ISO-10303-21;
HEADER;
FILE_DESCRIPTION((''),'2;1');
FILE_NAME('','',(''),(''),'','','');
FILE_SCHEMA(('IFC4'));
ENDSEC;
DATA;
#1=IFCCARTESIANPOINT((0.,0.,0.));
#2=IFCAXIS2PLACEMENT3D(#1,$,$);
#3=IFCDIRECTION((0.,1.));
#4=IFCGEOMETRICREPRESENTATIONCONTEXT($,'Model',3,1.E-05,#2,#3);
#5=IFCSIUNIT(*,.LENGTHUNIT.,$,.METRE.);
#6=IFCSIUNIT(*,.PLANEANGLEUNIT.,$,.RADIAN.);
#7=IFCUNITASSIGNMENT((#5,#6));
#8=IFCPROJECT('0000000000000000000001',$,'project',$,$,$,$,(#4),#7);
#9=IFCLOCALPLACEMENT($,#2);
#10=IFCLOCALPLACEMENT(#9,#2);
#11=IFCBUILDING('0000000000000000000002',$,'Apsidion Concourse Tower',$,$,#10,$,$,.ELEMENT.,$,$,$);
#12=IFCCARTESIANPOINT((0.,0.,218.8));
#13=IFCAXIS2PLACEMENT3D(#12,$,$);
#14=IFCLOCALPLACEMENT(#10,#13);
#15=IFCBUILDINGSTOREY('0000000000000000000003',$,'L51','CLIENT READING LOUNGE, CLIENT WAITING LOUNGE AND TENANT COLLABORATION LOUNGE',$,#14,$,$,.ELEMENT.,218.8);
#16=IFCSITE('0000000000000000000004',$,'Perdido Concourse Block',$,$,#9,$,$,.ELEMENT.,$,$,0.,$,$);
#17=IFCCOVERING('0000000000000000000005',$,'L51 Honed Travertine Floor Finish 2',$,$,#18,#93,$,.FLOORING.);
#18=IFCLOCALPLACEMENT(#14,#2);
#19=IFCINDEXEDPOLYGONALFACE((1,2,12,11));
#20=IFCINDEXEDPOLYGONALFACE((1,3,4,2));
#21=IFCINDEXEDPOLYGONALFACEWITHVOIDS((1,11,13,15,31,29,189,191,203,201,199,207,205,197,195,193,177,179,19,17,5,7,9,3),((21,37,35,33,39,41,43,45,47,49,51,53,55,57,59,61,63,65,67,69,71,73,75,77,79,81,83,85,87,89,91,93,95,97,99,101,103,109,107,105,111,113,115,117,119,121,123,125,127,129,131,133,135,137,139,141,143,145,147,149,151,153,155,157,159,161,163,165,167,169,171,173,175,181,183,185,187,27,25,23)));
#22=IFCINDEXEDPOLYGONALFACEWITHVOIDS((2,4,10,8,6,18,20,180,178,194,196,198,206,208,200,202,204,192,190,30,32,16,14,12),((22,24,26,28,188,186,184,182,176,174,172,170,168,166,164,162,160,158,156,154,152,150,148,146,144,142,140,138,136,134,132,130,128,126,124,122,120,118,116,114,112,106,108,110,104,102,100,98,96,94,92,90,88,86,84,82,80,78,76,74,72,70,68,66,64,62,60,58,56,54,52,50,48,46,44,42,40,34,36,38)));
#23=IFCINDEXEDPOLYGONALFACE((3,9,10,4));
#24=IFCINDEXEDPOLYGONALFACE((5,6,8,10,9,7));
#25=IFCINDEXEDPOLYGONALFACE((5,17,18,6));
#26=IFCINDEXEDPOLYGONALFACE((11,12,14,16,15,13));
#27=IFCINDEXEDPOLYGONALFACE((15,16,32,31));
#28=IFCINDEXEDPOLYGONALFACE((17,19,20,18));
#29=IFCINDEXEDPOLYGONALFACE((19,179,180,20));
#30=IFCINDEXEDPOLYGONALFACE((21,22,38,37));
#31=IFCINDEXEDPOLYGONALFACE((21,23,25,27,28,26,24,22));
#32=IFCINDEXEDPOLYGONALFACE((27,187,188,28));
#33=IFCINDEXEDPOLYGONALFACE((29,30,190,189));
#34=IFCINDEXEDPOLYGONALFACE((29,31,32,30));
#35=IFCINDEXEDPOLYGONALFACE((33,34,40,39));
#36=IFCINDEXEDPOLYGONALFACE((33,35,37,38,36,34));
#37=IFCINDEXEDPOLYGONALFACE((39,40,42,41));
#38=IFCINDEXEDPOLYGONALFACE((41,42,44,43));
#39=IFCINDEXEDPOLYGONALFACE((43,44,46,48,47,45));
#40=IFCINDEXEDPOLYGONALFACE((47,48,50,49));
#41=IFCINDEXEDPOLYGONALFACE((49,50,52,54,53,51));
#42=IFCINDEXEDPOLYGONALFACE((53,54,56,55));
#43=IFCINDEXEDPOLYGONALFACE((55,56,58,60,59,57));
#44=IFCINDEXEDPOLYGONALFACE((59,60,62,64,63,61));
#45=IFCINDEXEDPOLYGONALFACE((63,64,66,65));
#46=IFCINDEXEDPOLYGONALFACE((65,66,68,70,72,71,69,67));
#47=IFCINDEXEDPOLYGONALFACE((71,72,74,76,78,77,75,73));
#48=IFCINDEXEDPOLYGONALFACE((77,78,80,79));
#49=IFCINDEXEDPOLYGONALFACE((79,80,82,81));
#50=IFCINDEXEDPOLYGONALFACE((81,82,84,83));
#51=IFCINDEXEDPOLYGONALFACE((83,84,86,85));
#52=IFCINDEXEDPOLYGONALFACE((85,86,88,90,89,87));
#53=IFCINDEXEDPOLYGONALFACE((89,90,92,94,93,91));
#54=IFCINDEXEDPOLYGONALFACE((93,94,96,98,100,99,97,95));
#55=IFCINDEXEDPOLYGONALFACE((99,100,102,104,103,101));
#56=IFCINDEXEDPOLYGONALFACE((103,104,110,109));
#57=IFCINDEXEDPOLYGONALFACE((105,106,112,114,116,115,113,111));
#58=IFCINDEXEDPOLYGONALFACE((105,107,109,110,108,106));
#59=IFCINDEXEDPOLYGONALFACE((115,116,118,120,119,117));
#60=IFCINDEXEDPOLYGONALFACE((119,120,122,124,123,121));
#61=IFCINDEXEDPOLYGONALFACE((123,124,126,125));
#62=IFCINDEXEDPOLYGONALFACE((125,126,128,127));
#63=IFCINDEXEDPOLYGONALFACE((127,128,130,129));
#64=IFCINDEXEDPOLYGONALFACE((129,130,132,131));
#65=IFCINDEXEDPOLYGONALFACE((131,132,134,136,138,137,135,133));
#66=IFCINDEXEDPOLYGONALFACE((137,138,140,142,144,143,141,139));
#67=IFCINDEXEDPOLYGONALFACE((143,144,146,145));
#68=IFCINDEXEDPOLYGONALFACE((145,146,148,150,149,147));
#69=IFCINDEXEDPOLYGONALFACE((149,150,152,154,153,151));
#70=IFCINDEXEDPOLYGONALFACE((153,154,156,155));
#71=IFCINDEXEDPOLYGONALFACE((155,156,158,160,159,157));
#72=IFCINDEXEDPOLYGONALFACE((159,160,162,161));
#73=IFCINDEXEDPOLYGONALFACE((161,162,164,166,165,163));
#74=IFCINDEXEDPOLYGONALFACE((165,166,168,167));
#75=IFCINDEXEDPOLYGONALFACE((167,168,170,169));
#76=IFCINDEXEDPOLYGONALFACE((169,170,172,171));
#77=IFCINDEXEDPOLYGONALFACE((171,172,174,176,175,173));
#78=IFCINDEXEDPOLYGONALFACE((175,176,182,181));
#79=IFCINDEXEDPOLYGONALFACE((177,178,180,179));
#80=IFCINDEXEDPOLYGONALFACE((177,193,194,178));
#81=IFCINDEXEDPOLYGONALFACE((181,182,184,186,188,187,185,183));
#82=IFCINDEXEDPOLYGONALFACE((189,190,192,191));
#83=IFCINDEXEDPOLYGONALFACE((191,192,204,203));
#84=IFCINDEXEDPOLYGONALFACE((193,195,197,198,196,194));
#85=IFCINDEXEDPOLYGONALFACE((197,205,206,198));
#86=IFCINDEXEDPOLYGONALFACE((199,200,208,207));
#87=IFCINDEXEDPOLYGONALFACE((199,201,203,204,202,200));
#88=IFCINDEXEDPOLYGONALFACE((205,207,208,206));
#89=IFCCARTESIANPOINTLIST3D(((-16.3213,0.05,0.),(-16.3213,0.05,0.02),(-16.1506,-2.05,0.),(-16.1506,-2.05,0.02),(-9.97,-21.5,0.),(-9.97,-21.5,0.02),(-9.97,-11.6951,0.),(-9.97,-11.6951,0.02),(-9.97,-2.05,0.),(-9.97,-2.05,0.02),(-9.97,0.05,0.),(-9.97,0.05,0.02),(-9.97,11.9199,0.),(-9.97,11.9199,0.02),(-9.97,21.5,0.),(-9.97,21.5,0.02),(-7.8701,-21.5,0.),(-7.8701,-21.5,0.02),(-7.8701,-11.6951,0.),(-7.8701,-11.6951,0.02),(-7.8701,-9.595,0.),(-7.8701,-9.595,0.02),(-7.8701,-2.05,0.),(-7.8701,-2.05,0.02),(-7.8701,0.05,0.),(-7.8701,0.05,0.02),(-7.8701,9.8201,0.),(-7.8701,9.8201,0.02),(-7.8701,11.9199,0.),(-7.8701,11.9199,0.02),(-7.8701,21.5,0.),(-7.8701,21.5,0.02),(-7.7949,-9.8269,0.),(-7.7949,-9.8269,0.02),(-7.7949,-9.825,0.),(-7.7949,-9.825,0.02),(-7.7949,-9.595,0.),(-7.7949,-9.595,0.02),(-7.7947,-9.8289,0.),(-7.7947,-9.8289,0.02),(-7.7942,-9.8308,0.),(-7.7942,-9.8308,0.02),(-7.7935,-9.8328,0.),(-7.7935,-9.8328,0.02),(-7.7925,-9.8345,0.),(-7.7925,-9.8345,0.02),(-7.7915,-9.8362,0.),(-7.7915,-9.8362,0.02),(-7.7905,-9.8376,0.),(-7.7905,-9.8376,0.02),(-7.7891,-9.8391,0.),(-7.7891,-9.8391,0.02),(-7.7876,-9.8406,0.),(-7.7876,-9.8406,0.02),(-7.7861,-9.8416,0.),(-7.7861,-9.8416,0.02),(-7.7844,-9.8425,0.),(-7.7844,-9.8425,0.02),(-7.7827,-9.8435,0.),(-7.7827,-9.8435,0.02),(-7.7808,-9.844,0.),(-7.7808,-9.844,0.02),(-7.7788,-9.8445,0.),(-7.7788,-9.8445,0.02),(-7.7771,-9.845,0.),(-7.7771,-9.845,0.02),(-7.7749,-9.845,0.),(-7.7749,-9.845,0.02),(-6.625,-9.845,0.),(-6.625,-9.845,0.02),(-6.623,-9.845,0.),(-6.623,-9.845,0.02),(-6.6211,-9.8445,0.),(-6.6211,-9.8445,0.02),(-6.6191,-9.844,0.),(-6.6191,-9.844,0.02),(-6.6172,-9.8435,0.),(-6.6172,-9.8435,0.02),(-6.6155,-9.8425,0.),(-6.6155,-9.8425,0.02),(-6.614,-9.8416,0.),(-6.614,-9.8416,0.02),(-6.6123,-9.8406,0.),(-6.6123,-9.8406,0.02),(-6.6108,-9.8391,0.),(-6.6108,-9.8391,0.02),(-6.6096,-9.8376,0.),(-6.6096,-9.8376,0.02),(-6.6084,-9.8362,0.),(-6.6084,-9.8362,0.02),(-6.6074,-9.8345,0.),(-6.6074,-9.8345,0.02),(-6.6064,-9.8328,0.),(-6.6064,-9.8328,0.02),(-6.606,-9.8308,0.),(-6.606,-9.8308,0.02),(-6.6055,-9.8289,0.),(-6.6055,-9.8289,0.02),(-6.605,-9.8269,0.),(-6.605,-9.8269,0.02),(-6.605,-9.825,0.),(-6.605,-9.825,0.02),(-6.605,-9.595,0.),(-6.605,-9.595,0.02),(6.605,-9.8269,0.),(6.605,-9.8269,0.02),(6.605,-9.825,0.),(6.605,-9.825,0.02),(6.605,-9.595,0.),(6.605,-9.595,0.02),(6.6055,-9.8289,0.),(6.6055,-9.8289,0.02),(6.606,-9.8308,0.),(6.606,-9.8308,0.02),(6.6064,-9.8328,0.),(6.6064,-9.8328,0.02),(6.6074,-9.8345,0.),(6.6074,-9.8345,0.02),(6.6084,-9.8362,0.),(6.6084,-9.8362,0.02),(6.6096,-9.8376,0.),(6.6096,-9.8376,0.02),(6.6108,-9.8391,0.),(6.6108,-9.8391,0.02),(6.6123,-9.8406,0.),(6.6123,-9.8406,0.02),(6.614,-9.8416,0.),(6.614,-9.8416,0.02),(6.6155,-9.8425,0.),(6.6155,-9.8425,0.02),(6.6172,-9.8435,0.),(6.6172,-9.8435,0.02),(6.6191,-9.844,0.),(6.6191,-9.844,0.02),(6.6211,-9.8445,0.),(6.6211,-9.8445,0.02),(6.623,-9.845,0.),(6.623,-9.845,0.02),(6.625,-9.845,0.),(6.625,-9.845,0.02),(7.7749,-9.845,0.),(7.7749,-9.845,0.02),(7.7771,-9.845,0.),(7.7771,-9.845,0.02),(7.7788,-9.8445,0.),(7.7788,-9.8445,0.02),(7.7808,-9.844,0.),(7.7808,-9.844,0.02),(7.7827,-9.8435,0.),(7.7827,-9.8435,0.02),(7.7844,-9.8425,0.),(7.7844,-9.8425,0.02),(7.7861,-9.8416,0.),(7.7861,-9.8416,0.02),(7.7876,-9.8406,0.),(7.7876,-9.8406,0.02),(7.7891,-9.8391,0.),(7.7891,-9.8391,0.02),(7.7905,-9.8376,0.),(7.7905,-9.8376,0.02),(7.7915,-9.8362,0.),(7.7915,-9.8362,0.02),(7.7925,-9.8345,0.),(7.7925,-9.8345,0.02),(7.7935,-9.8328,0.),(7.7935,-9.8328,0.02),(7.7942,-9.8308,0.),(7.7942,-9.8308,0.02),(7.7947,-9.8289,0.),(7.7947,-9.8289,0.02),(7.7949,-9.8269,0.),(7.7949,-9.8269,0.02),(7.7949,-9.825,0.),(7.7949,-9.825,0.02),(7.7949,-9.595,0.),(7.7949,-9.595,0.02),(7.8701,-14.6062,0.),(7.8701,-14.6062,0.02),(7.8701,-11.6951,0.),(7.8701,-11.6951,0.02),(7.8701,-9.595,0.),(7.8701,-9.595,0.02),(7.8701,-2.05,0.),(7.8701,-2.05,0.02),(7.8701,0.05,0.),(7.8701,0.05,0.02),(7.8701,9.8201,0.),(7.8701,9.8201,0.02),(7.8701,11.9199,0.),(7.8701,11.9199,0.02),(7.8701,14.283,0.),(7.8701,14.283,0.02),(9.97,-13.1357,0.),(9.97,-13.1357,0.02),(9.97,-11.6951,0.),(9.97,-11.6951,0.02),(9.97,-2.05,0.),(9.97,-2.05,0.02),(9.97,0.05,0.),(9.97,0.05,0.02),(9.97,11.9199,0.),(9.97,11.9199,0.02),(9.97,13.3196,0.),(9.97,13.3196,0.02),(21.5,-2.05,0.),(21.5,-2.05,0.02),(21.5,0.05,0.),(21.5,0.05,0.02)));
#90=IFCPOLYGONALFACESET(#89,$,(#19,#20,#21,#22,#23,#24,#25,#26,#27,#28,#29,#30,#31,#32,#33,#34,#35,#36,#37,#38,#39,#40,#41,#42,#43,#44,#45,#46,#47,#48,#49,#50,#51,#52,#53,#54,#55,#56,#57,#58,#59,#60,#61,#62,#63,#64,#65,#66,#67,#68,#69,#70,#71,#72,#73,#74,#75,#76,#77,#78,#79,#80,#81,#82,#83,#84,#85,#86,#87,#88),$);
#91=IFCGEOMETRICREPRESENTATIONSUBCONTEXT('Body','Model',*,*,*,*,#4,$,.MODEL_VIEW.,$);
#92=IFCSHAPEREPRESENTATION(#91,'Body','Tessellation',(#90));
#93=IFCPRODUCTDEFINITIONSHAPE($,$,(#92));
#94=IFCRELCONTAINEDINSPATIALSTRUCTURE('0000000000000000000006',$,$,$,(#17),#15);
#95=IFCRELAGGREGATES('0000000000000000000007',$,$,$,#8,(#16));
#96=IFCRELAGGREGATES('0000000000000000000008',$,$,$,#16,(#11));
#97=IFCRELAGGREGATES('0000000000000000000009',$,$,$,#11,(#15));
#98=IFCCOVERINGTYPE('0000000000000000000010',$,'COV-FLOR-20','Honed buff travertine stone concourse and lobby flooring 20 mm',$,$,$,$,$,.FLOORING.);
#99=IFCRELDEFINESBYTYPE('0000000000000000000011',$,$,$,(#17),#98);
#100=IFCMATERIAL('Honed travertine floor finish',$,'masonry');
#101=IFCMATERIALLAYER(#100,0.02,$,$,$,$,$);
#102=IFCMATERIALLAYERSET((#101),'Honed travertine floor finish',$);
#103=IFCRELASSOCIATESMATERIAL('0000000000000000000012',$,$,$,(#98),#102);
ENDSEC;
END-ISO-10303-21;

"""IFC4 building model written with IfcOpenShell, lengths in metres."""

from ifc_helpers import new_model, si_unit, direction, frame, origin, place, context, subcontext, project, spatial, polyline, outline, extrude, material, layer, layer_set, type_object, element, save


model = new_model("IFC4")

# Units and contexts
model_context = context("Model", 3, precision=1e-05, world=origin(), true_north=direction((0.0, 1.0)))
body_context = subcontext(model_context, "Body", "Model", "MODEL_VIEW")
ifc_project = project(units=[si_unit("LENGTHUNIT", "METRE"), si_unit("PLANEANGLEUNIT", "RADIAN")], contexts=[model_context])

# Site, building, storey
site_placement = place(None, origin())
site = spatial("IfcSite", under=ifc_project, at=site_placement, Name="Perdido Concourse Block", CompositionType="ELEMENT", RefElevation=0.0)
building_placement = place(site_placement, origin())
building = spatial("IfcBuilding", under=site, at=building_placement, Name="Apsidion Concourse Tower", CompositionType="ELEMENT")
storey_placement = place(building_placement, frame((0.0, 0.0, 218.8)))
storey = spatial("IfcBuildingStorey", under=building, at=storey_placement, Name="L51", Description="CLIENT READING LOUNGE, CLIENT WAITING LOUNGE AND TENANT COLLABORATION LOUNGE", CompositionType="ELEMENT", Elevation=218.8)

# Covering
ifc_material_1 = material(Name="Honed travertine floor finish", Category="masonry")
ifc_layer_1 = layer(ifc_material_1, 0.02)
ifc_layer_set_1 = layer_set([ifc_layer_1], Name="Honed travertine floor finish")
covering_type_1 = type_object("IfcCoveringType", Name="COV-FLOR-20", Description="Honed buff travertine stone concourse and lobby flooring 20 mm", PredefinedType="FLOORING", material=ifc_layer_set_1)
covering_1_placement = place(storey_placement, origin())
element("IfcCovering", 1, at=covering_1_placement, inside=storey, type_object=covering_type_1, Name="L51 Honed Travertine Floor Finish 2", PredefinedType="FLOORING", context=body_context, shape_type="SweptSolid", body=[
    extrude(outline(polyline([(9.97, -13.1357), (7.8701, -14.6062), (7.8701, -11.6951), (-7.8701, -11.6951), (-7.8701, -21.5), (-9.97, -21.5), (-9.97, -11.6951), (-9.97, -2.05), (-16.1506, -2.05), (-16.3213, 0.05), (-9.97, 0.05), (-9.97, 11.9199), (-9.97, 21.5), (-7.8701, 21.5), (-7.8701, 11.9199), (7.8701, 11.9199), (7.8701, 14.283), (9.97, 13.3196), (9.97, 11.9199), (9.97, 0.05), (21.5, 0.05), (21.5, -2.05), (9.97, -2.05), (9.97, -11.6951), (9.97, -13.1357)]), holes=[polyline([(7.8701, -2.05), (7.8701, 0.05), (7.8701, 9.8201), (-7.8701, 9.8201), (-7.8701, 0.05), (-7.8701, -2.05), (-7.8701, -9.595), (-7.7949, -9.595), (-7.7949, -9.825), (-7.7949, -9.8269), (-7.7947, -9.8289), (-7.7942, -9.8308), (-7.7935, -9.8328), (-7.7925, -9.8345), (-7.7915, -9.8362), (-7.7905, -9.8376), (-7.7891, -9.8391), (-7.7876, -9.8406), (-7.7861, -9.8416), (-7.7844, -9.8425), (-7.7827, -9.8435), (-7.7808, -9.844), (-7.7788, -9.8445), (-7.7771, -9.845), (-7.7749, -9.845), (-6.625, -9.845), (-6.623, -9.845), (-6.6211, -9.8445), (-6.6191, -9.844), (-6.6172, -9.8435), (-6.6155, -9.8425), (-6.614, -9.8416), (-6.6123, -9.8406), (-6.6108, -9.8391), (-6.6096, -9.8376), (-6.6084, -9.8362), (-6.6074, -9.8345), (-6.6064, -9.8328), (-6.606, -9.8308), (-6.6055, -9.8289), (-6.605, -9.8269), (-6.605, -9.825), (-6.605, -9.595), (6.605, -9.595), (6.605, -9.825), (6.605, -9.8269), (6.6055, -9.8289), (6.606, -9.8308), (6.6064, -9.8328), (6.6074, -9.8345), (6.6084, -9.8362), (6.6096, -9.8376), (6.6108, -9.8391), (6.6123, -9.8406), (6.614, -9.8416), (6.6155, -9.8425), (6.6172, -9.8435), (6.6191, -9.844), (6.6211, -9.8445), (6.623, -9.845), (6.625, -9.845), (7.7749, -9.845), (7.7771, -9.845), (7.7788, -9.8445), (7.7808, -9.844), (7.7827, -9.8435), (7.7844, -9.8425), (7.7861, -9.8416), (7.7876, -9.8406), (7.7891, -9.8391), (7.7905, -9.8376), (7.7915, -9.8362), (7.7925, -9.8345), (7.7935, -9.8328), (7.7942, -9.8308), (7.7947, -9.8289), (7.7949, -9.8269), (7.7949, -9.825), (7.7949, -9.595), (7.8701, -9.595), (7.8701, -2.05)])]), origin(), (0.0, 0.0, 1.0), 0.02),
])

save(model, "model.ifc")
